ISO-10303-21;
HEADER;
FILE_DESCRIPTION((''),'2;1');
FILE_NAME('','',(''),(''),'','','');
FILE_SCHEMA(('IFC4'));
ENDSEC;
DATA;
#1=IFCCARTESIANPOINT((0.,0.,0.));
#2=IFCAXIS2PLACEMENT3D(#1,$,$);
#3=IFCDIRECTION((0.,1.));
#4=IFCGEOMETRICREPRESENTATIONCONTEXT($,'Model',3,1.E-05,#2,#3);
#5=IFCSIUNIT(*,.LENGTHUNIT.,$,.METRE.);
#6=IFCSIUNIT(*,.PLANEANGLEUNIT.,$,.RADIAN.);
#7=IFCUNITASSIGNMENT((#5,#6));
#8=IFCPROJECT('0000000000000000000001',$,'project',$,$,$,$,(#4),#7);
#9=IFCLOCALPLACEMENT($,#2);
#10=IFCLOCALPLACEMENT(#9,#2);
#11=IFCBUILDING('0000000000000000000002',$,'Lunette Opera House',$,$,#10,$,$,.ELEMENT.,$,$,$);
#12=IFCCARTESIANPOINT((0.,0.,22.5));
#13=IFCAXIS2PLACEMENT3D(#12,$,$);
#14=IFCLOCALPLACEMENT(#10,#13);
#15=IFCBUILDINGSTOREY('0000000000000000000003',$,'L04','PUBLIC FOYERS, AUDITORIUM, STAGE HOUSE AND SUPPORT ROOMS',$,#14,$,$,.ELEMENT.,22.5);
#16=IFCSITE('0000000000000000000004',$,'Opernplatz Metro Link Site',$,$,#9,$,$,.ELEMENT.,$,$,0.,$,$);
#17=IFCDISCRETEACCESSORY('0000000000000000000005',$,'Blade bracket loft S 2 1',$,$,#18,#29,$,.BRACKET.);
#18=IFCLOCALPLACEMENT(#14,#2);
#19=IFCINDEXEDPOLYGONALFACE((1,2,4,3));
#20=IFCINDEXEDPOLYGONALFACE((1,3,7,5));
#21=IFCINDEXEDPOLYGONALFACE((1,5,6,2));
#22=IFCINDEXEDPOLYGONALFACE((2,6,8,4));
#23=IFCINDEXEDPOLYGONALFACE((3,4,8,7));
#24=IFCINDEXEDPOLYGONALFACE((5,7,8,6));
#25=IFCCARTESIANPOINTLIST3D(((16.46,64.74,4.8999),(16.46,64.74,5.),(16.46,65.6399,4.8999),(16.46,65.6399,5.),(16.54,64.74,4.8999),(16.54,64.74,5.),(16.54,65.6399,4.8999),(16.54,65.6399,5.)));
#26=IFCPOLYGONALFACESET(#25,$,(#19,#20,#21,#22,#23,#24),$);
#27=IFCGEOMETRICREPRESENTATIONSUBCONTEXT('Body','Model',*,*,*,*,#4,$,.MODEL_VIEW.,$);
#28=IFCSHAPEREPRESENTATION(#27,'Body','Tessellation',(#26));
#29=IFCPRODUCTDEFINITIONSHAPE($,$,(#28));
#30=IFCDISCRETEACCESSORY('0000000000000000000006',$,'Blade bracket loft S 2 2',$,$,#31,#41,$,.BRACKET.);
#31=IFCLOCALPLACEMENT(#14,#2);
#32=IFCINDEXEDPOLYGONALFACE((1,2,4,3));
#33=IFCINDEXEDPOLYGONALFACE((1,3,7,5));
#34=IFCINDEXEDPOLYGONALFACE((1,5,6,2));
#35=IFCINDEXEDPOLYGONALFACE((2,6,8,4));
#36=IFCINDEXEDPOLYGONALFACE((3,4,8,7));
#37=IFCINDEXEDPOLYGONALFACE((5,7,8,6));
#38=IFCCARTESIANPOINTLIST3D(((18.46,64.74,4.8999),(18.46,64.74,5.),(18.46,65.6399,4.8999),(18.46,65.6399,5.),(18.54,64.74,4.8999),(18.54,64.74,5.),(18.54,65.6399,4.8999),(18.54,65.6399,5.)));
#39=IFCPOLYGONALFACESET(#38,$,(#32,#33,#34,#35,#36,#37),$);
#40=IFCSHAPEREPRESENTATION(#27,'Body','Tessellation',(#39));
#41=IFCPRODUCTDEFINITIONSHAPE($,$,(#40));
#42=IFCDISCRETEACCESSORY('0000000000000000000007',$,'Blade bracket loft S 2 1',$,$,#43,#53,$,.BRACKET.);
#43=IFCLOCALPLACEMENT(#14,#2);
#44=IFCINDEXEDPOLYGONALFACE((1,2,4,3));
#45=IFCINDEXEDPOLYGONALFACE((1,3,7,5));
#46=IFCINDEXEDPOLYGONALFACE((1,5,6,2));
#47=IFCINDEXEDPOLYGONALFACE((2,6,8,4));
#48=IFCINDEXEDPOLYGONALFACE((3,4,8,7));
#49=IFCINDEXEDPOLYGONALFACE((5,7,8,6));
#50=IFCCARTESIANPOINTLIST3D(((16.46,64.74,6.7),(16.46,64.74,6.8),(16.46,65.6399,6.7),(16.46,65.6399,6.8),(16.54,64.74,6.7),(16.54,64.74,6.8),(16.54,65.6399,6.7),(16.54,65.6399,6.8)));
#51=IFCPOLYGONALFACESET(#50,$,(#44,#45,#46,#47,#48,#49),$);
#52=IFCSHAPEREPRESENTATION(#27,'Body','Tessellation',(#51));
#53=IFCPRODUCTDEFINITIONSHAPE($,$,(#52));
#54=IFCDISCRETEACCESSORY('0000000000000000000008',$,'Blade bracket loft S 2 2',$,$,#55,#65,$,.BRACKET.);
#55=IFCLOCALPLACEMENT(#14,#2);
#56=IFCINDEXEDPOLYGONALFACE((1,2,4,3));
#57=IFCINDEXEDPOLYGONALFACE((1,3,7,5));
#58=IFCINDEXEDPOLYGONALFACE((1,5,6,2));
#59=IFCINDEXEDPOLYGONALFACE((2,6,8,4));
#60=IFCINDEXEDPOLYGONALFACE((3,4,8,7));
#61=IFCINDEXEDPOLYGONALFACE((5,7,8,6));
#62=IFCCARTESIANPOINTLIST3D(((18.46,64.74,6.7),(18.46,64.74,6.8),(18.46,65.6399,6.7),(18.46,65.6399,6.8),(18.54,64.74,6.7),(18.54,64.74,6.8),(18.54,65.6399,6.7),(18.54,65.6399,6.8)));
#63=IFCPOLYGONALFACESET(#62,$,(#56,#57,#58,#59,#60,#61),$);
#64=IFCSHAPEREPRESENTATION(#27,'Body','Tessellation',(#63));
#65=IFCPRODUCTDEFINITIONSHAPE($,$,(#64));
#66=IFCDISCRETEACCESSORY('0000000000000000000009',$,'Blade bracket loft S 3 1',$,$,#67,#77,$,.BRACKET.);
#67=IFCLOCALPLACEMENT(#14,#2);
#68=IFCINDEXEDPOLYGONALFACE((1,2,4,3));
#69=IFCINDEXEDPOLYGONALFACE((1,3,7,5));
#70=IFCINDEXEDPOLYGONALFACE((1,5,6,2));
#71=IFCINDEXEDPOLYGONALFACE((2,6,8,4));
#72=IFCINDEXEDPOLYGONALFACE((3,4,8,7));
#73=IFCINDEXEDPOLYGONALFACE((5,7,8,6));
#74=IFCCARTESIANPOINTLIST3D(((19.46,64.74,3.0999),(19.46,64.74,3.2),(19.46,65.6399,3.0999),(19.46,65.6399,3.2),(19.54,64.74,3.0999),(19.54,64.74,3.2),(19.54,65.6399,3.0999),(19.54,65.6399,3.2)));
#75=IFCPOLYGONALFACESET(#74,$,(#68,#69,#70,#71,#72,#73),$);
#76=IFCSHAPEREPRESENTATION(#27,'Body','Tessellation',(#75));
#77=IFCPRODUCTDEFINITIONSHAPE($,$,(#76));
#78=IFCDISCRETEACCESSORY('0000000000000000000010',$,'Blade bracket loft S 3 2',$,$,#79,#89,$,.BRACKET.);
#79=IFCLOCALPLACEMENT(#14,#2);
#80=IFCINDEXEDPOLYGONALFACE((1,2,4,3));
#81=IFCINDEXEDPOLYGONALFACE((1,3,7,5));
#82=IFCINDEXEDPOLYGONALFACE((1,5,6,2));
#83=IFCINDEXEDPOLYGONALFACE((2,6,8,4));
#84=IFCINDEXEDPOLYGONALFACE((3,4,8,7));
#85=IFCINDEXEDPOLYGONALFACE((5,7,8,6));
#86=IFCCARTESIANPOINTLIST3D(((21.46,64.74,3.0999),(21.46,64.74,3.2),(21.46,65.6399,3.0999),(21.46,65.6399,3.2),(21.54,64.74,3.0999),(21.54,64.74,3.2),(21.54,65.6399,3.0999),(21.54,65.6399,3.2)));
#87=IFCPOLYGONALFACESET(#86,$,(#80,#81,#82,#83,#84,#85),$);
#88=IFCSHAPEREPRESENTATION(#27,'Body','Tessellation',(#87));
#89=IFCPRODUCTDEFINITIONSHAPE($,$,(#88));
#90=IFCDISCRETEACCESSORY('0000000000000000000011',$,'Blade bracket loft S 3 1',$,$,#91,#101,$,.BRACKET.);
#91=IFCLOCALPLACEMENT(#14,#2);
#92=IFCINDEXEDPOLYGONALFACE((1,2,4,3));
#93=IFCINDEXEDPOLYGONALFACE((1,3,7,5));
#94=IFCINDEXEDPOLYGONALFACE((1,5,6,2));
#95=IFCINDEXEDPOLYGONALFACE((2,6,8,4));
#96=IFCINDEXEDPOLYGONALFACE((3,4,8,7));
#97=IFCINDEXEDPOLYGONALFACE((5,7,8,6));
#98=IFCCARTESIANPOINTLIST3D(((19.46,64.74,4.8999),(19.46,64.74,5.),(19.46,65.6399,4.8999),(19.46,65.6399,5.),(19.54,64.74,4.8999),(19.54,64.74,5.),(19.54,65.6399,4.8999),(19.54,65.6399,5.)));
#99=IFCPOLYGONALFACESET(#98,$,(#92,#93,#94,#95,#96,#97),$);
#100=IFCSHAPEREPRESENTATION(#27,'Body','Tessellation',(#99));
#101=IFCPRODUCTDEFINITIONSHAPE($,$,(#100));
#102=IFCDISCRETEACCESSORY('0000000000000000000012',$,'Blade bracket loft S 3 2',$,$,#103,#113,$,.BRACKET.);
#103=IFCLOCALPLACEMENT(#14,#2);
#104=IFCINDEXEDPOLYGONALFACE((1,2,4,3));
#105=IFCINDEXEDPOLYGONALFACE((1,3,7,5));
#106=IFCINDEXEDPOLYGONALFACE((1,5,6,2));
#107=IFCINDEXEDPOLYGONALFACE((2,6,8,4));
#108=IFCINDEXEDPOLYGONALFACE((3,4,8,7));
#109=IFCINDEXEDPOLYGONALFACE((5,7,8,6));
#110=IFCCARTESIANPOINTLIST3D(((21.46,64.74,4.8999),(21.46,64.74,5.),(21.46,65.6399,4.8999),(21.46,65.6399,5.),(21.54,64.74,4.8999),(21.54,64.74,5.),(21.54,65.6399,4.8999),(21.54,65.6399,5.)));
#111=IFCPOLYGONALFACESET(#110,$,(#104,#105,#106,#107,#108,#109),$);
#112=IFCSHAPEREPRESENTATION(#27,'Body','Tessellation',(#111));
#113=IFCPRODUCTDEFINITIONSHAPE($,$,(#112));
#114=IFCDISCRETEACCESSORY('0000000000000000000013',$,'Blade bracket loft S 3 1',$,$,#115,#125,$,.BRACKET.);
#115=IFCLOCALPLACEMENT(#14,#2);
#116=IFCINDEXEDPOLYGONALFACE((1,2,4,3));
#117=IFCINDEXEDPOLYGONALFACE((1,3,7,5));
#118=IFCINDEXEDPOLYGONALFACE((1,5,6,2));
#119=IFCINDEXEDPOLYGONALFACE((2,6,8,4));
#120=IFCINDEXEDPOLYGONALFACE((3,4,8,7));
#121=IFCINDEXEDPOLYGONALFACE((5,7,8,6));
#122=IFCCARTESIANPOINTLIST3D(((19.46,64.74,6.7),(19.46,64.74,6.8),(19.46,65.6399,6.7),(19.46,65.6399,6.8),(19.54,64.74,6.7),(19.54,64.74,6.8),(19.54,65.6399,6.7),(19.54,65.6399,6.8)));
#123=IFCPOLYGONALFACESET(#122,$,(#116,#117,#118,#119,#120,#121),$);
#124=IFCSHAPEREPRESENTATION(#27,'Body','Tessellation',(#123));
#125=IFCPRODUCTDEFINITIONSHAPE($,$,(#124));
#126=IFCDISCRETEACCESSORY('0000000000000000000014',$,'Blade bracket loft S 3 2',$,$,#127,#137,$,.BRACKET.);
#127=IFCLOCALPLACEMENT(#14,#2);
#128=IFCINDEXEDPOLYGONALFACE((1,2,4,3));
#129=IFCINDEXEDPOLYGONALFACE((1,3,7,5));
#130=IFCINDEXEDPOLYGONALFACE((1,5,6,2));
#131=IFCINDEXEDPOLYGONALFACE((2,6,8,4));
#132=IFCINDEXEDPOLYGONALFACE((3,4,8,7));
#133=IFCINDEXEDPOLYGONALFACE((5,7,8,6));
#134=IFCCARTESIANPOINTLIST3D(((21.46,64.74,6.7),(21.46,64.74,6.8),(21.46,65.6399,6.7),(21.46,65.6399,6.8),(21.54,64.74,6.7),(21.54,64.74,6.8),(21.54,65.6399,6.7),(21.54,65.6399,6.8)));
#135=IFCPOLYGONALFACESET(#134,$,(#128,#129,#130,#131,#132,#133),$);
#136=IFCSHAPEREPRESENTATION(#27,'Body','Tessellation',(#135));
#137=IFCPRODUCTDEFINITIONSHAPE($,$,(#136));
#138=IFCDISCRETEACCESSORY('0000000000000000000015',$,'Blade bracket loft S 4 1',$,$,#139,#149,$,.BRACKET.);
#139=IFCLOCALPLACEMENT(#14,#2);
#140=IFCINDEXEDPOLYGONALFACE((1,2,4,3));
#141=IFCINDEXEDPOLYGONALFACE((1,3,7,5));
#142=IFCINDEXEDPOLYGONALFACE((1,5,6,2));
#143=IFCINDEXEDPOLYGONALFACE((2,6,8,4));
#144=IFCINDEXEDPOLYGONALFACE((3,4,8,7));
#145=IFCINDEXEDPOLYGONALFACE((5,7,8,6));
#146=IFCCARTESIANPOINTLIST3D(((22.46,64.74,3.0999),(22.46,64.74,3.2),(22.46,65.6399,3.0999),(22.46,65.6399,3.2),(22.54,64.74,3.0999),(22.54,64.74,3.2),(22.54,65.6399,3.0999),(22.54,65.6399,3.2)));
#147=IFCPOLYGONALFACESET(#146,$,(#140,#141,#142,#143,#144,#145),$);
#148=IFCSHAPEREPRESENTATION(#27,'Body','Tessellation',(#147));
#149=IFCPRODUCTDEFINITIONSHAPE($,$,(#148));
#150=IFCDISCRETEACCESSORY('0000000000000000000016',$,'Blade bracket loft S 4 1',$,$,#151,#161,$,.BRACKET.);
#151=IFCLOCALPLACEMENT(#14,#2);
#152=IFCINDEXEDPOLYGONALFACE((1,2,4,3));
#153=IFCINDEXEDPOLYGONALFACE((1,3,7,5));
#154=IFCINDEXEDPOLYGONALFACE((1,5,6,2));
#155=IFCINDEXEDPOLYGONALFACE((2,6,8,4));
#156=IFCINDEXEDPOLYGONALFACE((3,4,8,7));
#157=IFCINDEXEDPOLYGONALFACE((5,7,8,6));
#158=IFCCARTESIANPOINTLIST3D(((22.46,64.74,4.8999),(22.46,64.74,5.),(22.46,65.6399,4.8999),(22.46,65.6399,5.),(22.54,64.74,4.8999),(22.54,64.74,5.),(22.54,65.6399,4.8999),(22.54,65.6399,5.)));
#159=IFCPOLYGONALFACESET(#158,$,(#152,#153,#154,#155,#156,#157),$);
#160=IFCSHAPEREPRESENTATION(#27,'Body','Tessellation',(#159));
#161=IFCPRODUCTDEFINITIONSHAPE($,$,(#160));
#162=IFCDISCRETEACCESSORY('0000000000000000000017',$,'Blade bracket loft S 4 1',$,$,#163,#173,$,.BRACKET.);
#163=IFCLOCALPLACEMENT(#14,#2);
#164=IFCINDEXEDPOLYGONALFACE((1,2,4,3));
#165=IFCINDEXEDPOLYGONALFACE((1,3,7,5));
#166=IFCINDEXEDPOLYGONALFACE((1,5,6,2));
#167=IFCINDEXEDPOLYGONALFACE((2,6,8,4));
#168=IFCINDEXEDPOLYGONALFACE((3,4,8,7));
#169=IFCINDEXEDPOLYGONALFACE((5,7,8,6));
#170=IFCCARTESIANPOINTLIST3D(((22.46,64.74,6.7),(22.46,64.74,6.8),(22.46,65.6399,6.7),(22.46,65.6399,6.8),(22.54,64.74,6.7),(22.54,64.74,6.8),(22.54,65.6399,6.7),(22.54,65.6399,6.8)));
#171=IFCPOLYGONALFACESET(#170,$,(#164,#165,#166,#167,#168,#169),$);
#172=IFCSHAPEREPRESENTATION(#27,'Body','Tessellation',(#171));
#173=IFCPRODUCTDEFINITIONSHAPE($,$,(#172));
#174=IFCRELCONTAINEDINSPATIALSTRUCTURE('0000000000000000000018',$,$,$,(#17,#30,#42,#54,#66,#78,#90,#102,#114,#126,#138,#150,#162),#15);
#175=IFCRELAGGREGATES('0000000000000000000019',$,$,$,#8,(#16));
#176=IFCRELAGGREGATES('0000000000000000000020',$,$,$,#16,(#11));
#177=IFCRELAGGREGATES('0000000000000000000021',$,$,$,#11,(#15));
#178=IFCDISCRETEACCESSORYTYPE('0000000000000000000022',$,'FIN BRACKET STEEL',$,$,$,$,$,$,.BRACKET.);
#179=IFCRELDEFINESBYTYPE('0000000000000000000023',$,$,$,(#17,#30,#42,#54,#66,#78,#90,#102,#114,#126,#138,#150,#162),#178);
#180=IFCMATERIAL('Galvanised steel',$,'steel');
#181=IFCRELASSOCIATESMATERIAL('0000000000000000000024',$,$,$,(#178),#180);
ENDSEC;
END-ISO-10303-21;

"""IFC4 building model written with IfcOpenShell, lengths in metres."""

from ifc_helpers import new_model, si_unit, direction, frame, origin, origin_2d, place, context, subcontext, project, spatial, rectangle, extrude, material, type_object, element, save


model = new_model("IFC4")

# Units and contexts
model_context = context("Model", 3, precision=1e-05, world=origin(), true_north=direction((0.0, 1.0)))
body_context = subcontext(model_context, "Body", "Model", "MODEL_VIEW")
ifc_project = project(units=[si_unit("LENGTHUNIT", "METRE"), si_unit("PLANEANGLEUNIT", "RADIAN")], contexts=[model_context])

# Site, building, storey
site_placement = place(None, origin())
site = spatial("IfcSite", under=ifc_project, at=site_placement, Name="Opernplatz Metro Link Site", CompositionType="ELEMENT", RefElevation=0.0)
building_placement = place(site_placement, origin())
building = spatial("IfcBuilding", under=site, at=building_placement, Name="Lunette Opera House", CompositionType="ELEMENT")
storey_placement = place(building_placement, frame((0.0, 0.0, 22.5)))
storey = spatial("IfcBuildingStorey", under=building, at=storey_placement, Name="L04", Description="PUBLIC FOYERS, AUDITORIUM, STAGE HOUSE AND SUPPORT ROOMS", CompositionType="ELEMENT", Elevation=22.5)

# Discrete accessories
ifc_material_1 = material(Name="Galvanised steel", Category="steel")
discrete_accessory_type = type_object("IfcDiscreteAccessoryType", Name="FIN BRACKET STEEL", PredefinedType="BRACKET", material=ifc_material_1)
for number, where, z_axis, x_axis, name in (
    (1, (16.5, 65.1899, 4.8999), (0.0, 0.0, 1.0), (0.0, -1.0, 0.0), "Blade bracket loft S 2 1"),
    (2, (18.5, 65.1899, 4.8999), (0.0, 0.0, 1.0), (0.0, -1.0, 0.0), "Blade bracket loft S 2 2"),
    (3, (16.5, 65.1899, 6.7), (0.0, 0.0, 1.0), (0.0, -1.0, 0.0), "Blade bracket loft S 2 1"),
    (4, (18.5, 65.1899, 6.7), (0.0, 0.0, 1.0), (0.0, -1.0, 0.0), "Blade bracket loft S 2 2"),
    (5, (19.5, 65.1899, 3.0999), (0.0, 0.0, 1.0), (0.0, -1.0, 0.0), "Blade bracket loft S 3 1"),
    (6, (21.5, 65.1899, 3.0999), (0.0, 0.0, 1.0), (0.0, -1.0, 0.0), "Blade bracket loft S 3 2"),
    (7, (19.5, 65.1899, 4.8999), (0.0, 0.0, 1.0), (0.0, -1.0, 0.0), "Blade bracket loft S 3 1"),
    (8, (21.5, 65.1899, 4.8999), (0.0, 0.0, 1.0), (0.0, -1.0, 0.0), "Blade bracket loft S 3 2"),
    (9, (19.5, 65.1899, 6.7), (0.0, 0.0, 1.0), (0.0, -1.0, 0.0), "Blade bracket loft S 3 1"),
    (10, (21.5, 65.1899, 6.7), (0.0, 0.0, 1.0), (0.0, -1.0, 0.0), "Blade bracket loft S 3 2"),
    (11, (22.5, 65.1899, 3.0999), (0.0, 0.0, 1.0), (0.0, -1.0, 0.0), "Blade bracket loft S 4 1"),
    (12, (22.5, 65.1899, 4.8999), (0.0, 0.0, 1.0), (0.0, -1.0, 0.0), "Blade bracket loft S 4 1"),
    (13, (22.5, 65.1899, 6.7), (0.0, 0.0, 1.0), (0.0, -1.0, 0.0), "Blade bracket loft S 4 1"),
):
    element("IfcDiscreteAccessory", number, at=place(storey_placement, frame(where, z_axis=z_axis, x_axis=x_axis)), inside=storey, type_object=discrete_accessory_type, Name=name, PredefinedType="BRACKET", context=body_context, shape_type="SweptSolid", body=[
        extrude(rectangle(XDim=0.8999, YDim=0.0801, at=origin_2d()), origin(), (0.0, 0.0, 1.0), 0.1001),
    ])

save(model, "model.ifc")
